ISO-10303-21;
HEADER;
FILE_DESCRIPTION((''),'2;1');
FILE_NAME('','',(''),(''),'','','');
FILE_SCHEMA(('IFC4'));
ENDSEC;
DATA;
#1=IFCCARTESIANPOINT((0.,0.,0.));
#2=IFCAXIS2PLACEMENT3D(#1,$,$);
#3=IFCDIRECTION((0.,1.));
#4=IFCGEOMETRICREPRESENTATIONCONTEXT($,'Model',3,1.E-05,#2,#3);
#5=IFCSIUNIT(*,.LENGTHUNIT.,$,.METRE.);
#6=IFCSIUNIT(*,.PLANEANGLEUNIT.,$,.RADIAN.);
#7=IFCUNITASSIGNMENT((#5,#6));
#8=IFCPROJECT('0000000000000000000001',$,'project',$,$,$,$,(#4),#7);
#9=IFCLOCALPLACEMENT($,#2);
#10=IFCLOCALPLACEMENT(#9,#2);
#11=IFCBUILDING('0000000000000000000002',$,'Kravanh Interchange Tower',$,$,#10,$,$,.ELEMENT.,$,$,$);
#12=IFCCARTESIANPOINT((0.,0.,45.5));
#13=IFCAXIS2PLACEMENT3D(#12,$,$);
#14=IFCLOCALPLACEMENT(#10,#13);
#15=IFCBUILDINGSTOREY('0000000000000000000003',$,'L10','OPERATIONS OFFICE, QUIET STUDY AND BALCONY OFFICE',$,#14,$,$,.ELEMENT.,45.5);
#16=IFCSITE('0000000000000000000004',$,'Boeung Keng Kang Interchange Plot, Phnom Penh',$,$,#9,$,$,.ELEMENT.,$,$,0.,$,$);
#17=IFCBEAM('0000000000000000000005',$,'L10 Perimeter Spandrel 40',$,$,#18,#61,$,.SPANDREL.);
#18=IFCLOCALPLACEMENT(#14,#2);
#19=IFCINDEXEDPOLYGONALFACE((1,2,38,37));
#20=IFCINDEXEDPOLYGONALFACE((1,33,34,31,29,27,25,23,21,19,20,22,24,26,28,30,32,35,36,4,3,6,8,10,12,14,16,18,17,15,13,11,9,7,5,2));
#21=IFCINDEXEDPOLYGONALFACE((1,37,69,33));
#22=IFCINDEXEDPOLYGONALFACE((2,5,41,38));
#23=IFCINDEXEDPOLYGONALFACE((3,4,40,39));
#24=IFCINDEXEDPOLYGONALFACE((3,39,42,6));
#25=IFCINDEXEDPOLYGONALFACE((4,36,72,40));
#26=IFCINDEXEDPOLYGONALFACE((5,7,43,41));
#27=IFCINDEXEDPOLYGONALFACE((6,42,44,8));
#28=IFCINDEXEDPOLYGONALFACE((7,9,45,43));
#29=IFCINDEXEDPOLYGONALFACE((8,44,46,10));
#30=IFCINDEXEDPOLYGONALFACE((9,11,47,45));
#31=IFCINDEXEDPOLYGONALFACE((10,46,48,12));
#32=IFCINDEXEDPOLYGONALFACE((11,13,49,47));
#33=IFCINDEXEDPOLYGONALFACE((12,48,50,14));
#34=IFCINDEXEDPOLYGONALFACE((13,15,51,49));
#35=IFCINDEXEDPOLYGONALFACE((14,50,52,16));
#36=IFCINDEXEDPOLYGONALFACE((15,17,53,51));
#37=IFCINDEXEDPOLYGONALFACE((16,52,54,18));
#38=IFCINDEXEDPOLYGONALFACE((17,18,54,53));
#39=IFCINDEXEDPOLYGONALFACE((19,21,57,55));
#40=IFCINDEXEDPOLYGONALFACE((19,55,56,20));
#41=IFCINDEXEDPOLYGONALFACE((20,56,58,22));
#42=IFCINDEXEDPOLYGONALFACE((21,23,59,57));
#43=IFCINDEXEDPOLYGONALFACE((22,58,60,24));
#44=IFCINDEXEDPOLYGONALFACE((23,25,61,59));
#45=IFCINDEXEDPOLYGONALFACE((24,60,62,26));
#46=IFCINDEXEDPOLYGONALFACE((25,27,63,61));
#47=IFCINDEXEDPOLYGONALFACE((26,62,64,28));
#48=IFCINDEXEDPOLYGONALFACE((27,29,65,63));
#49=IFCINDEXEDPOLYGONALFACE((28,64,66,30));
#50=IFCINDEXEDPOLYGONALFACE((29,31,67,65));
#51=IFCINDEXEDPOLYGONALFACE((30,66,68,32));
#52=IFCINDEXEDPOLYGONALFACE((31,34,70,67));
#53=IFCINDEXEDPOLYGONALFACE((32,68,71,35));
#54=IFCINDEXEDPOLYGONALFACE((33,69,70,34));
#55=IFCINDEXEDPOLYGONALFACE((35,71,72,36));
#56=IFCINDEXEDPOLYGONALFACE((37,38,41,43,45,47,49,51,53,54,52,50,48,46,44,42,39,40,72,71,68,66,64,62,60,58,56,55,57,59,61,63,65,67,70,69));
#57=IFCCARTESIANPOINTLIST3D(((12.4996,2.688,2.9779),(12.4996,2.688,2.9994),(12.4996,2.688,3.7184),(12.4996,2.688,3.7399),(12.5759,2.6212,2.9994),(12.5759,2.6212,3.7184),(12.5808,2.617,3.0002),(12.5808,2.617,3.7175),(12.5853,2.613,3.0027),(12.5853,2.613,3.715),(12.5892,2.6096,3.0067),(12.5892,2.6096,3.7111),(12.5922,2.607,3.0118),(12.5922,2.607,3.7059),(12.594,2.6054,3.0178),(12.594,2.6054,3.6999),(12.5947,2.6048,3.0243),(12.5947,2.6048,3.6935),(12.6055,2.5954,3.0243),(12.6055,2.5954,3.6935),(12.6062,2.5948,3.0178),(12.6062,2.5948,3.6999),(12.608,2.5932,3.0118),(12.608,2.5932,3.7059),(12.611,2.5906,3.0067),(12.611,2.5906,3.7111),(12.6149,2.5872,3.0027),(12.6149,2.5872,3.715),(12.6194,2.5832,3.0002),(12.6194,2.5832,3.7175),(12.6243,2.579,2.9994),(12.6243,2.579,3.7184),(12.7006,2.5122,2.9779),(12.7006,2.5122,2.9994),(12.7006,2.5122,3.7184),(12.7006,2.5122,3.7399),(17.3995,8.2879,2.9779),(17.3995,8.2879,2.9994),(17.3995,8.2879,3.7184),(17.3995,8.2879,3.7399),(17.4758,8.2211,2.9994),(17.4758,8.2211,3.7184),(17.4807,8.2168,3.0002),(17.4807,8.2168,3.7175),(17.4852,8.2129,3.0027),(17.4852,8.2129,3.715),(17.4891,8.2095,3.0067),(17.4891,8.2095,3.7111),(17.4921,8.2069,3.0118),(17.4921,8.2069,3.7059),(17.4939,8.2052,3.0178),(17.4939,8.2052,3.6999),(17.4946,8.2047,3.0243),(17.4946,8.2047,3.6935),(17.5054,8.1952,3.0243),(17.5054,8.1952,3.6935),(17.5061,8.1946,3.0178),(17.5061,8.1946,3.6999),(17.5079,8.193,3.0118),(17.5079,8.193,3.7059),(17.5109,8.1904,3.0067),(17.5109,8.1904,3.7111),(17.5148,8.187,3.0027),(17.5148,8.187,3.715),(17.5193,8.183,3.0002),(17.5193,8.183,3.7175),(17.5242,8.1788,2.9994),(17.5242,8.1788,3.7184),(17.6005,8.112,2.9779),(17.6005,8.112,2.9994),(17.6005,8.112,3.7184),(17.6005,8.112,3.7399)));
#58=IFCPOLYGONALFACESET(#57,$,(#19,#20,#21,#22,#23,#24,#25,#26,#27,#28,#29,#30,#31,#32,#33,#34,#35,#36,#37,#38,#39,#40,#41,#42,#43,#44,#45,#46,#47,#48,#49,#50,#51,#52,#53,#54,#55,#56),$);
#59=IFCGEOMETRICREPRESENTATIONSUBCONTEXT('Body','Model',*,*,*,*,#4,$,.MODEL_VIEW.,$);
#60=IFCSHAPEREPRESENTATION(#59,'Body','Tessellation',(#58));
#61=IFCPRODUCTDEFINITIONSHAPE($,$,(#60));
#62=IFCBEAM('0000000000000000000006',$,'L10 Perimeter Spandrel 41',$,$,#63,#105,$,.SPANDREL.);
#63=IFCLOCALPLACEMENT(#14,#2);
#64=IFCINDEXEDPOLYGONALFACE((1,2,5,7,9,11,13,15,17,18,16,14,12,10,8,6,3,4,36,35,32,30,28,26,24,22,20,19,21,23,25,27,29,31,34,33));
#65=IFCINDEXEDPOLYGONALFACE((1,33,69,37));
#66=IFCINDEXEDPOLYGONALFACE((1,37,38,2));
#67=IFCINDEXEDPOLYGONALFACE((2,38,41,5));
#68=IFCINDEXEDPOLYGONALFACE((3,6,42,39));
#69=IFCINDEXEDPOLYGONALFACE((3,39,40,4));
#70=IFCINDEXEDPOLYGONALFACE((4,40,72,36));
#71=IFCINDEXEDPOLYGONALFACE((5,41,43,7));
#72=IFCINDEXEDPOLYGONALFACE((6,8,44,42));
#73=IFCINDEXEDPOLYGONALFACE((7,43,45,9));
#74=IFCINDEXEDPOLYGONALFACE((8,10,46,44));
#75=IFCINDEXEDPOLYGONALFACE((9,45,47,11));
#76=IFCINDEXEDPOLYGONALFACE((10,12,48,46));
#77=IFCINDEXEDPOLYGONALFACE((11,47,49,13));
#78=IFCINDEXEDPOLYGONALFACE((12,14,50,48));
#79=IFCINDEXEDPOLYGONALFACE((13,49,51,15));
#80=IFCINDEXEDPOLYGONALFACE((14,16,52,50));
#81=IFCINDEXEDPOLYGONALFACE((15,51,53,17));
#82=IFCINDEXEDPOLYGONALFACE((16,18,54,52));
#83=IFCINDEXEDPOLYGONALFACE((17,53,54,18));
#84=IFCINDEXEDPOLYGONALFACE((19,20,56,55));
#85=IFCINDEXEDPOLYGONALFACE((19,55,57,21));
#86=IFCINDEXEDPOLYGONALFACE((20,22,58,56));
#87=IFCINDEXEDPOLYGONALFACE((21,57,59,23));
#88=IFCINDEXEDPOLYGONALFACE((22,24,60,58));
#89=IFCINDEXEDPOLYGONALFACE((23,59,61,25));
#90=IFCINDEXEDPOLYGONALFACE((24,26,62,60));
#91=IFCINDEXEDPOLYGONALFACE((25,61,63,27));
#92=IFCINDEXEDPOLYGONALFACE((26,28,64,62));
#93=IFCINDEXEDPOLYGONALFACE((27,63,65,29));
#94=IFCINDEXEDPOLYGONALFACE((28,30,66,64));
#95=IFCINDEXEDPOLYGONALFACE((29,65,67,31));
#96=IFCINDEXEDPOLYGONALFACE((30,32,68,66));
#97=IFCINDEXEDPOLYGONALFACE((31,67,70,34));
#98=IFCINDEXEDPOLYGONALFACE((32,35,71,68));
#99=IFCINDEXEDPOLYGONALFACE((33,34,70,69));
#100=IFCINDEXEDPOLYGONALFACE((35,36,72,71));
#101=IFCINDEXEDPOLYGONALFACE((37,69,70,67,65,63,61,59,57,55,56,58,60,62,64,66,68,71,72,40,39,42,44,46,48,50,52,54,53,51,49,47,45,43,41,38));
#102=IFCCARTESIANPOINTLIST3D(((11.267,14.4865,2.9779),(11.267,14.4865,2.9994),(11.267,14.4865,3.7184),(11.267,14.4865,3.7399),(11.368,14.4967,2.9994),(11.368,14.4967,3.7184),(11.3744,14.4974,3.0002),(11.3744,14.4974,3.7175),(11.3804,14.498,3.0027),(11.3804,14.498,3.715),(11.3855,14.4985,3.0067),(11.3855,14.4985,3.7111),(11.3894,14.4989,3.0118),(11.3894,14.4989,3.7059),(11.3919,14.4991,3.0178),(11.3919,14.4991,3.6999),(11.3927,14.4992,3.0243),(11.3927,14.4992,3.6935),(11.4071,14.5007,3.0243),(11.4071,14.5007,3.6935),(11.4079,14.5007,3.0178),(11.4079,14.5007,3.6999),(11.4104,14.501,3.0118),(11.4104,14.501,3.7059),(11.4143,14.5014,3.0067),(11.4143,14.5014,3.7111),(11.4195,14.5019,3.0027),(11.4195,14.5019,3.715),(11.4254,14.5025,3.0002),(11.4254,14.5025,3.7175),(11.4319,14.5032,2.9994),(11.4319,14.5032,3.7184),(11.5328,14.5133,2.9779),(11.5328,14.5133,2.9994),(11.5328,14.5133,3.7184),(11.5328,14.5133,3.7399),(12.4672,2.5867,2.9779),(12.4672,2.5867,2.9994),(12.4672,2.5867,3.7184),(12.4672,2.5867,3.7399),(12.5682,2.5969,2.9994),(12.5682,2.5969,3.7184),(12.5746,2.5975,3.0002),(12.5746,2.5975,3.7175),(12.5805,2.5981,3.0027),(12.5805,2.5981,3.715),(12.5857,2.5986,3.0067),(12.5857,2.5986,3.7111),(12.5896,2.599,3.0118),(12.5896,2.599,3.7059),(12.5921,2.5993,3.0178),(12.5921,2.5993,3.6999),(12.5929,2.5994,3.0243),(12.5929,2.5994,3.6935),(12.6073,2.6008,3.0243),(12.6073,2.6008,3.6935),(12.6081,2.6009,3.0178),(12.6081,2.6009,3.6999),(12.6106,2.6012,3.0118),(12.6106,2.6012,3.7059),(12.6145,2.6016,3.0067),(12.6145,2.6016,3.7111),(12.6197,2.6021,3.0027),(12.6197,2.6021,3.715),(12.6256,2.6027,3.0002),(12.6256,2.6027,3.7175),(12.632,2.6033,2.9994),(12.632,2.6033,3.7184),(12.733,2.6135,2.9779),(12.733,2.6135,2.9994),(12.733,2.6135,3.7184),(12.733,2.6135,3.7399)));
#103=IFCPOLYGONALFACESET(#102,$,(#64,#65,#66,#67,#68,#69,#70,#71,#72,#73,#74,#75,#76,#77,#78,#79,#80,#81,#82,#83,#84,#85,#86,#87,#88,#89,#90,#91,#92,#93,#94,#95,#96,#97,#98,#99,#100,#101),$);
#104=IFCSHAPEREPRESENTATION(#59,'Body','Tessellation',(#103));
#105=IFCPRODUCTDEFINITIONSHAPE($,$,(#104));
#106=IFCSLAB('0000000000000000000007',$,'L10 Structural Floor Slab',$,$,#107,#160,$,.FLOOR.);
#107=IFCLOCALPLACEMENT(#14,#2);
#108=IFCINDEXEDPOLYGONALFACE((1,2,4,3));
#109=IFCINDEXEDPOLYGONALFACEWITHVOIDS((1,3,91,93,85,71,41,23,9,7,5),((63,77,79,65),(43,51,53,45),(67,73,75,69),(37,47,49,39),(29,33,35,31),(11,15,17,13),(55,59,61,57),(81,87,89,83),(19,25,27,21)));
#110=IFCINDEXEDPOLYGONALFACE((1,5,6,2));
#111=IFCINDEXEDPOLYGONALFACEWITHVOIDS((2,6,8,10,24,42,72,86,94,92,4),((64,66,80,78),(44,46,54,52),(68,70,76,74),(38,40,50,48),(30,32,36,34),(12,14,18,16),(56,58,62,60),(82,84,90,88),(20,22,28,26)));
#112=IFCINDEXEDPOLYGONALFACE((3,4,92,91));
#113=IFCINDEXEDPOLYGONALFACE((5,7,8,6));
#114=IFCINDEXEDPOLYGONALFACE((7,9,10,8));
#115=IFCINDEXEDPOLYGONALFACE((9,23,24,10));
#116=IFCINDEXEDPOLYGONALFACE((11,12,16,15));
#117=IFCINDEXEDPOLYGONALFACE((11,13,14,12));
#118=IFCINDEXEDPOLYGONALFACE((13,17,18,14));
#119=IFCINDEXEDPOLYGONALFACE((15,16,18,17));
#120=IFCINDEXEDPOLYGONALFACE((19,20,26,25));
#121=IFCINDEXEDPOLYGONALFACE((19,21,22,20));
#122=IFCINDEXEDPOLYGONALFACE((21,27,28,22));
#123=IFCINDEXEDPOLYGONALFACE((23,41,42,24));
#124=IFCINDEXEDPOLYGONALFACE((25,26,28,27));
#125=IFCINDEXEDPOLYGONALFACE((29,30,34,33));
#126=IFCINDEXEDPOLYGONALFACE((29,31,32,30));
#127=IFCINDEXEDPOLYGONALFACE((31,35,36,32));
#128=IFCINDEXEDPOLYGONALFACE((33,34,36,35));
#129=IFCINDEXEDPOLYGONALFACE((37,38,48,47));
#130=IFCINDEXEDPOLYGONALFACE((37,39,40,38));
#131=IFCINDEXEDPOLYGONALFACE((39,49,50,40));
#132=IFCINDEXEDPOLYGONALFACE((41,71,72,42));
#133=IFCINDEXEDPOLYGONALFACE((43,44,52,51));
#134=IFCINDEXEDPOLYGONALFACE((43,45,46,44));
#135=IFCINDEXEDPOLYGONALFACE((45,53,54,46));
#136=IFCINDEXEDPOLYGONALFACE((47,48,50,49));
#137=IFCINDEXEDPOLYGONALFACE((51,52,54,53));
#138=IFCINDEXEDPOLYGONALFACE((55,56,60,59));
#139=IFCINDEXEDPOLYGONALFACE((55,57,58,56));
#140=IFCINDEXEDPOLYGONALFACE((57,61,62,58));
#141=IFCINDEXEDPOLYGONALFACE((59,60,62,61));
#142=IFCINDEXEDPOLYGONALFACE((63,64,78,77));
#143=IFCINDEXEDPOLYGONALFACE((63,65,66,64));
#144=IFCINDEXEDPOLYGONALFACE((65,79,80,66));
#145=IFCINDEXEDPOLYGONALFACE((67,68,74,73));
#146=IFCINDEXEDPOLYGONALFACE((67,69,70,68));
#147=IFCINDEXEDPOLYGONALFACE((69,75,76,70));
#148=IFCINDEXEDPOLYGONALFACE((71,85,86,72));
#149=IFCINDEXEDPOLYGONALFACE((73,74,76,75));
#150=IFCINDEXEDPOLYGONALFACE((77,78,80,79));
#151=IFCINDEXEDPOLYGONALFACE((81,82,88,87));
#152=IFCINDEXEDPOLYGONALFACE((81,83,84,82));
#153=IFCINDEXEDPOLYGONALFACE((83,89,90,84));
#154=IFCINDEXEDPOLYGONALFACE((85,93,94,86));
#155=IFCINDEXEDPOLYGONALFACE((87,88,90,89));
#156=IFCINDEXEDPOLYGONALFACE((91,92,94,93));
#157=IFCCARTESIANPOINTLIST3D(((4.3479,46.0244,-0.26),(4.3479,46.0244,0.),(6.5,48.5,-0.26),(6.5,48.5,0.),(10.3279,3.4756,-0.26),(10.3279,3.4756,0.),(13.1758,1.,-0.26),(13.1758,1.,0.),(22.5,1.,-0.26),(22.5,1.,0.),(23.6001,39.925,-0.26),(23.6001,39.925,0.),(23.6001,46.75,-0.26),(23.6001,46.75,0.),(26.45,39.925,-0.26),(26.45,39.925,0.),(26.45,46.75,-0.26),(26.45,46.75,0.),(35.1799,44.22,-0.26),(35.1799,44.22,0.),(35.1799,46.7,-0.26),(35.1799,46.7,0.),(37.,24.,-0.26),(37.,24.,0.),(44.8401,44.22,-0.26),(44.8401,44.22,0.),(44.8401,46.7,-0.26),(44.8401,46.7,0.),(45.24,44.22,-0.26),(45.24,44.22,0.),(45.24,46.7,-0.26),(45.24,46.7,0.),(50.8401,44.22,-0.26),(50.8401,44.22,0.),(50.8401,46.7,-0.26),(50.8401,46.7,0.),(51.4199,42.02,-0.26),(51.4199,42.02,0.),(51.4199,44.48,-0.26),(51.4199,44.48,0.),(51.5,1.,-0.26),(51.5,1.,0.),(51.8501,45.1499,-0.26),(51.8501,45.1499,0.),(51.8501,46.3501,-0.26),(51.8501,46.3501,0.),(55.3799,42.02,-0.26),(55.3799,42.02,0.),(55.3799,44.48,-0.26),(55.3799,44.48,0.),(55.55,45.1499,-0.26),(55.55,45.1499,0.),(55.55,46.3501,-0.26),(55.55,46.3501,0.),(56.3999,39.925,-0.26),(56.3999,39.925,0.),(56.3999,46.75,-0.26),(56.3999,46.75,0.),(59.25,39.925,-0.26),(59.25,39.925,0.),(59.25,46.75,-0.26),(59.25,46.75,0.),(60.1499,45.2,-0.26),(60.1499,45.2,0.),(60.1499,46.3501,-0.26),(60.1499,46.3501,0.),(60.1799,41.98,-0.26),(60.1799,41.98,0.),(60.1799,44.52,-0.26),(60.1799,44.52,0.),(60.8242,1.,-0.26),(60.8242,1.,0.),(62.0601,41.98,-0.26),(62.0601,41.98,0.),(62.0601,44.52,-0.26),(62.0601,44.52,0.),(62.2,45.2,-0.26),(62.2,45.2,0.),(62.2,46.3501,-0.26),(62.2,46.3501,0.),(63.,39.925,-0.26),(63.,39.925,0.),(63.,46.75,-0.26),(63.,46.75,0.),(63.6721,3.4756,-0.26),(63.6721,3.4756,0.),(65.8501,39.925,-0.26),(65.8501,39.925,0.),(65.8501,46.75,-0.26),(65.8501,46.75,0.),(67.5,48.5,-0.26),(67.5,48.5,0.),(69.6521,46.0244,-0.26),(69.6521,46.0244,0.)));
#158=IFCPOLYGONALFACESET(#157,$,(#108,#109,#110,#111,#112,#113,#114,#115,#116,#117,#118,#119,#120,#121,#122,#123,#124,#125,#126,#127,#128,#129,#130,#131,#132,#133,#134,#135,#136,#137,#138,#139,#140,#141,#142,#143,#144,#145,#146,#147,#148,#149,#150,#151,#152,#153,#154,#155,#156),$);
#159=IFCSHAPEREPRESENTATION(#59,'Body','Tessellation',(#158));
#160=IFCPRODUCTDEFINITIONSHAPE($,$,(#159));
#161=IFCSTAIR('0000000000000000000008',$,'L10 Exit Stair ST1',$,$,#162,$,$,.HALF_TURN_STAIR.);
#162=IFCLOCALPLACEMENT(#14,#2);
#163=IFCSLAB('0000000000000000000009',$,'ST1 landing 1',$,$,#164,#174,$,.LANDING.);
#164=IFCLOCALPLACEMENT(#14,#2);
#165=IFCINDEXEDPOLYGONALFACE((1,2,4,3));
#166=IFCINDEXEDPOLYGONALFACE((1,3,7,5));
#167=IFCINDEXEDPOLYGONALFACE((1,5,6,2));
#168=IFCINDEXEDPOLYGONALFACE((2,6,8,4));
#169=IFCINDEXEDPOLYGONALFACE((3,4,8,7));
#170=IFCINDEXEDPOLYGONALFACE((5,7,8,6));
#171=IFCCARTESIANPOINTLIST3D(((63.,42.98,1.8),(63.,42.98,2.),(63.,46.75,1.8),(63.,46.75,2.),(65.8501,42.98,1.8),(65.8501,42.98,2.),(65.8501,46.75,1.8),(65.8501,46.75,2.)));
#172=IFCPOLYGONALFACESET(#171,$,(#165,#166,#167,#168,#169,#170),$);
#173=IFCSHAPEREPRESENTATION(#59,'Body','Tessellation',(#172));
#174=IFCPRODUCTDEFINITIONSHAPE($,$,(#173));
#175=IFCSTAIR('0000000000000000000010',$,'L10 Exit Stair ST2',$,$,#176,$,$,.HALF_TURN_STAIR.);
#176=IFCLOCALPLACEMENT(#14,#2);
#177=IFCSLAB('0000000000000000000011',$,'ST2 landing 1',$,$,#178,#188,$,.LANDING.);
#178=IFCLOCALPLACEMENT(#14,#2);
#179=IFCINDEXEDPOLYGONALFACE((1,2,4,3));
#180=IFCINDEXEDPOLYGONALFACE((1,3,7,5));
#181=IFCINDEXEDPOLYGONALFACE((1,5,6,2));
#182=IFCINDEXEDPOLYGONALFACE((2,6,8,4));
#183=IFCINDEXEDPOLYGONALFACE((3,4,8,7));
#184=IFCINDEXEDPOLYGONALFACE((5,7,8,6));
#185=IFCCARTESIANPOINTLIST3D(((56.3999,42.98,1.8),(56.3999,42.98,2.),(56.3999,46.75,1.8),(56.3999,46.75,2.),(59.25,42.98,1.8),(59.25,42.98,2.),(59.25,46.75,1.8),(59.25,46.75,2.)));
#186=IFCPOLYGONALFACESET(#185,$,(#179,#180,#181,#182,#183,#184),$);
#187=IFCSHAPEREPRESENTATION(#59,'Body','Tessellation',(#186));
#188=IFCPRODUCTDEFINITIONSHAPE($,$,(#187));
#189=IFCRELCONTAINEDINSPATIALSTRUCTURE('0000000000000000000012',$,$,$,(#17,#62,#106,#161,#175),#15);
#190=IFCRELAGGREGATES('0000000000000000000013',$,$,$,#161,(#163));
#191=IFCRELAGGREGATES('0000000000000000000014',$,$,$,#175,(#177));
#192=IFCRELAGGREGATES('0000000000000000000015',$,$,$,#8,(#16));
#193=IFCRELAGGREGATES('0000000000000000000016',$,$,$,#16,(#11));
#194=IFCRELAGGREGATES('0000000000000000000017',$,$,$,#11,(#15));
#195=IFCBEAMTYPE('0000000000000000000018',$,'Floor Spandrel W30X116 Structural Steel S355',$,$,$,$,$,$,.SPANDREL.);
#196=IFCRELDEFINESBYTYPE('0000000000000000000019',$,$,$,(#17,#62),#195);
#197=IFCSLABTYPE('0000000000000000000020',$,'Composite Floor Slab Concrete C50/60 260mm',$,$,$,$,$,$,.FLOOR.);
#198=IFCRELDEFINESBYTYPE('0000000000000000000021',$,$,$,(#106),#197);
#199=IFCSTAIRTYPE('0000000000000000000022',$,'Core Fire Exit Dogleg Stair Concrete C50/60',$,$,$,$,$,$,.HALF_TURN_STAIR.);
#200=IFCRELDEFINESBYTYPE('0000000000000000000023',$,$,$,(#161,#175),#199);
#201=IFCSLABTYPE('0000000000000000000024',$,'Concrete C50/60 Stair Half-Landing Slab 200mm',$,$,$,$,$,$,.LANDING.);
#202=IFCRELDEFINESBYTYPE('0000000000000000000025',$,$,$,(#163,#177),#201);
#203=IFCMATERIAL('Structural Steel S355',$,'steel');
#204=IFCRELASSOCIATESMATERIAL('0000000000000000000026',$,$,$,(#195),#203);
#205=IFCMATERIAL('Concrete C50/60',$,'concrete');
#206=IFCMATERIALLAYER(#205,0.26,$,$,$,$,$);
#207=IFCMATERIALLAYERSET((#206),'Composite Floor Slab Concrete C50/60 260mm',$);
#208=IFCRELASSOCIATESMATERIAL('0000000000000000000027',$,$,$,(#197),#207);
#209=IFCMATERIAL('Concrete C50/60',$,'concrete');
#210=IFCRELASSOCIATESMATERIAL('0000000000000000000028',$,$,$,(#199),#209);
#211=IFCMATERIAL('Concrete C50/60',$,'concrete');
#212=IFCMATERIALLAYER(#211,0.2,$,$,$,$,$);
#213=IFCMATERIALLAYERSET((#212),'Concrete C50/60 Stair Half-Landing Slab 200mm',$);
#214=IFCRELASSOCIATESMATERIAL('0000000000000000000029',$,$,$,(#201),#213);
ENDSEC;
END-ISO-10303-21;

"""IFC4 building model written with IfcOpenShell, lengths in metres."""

from ifc_helpers import new_model, si_unit, direction, frame, origin, origin_2d, place, context, subcontext, project, spatial, polyline, i_section, outline, extrude, material, layer, layer_set, material_profile, profile_set, type_object, element, aggregate, save


model = new_model("IFC4")

# Units and contexts
model_context = context("Model", 3, precision=1e-05, world=origin(), true_north=direction((0.0, 1.0)))
body_context = subcontext(model_context, "Body", "Model", "MODEL_VIEW")
ifc_project = project(units=[si_unit("LENGTHUNIT", "METRE"), si_unit("PLANEANGLEUNIT", "RADIAN")], contexts=[model_context])

# Site, building, storey
site_placement = place(None, origin())
site = spatial("IfcSite", under=ifc_project, at=site_placement, Name="Boeung Keng Kang Interchange Plot, Phnom Penh", CompositionType="ELEMENT", RefElevation=0.0)
building_placement = place(site_placement, origin())
building = spatial("IfcBuilding", under=site, at=building_placement, Name="Kravanh Interchange Tower", CompositionType="ELEMENT")
storey_placement = place(building_placement, frame((0.0, 0.0, 45.5)))
storey = spatial("IfcBuildingStorey", under=building, at=storey_placement, Name="L10", Description="OPERATIONS OFFICE, QUIET STUDY AND BALCONY OFFICE", CompositionType="ELEMENT", Elevation=45.5)

# Beams
ifc_material_1 = material(Name="Structural Steel S355", Category="steel")
ifc_material_profile_1 = material_profile(ifc_material_1, i_section(OverallWidth=0.2671, OverallDepth=0.762, WebThickness=0.0144, FlangeThickness=0.0215, FilletRadius=0.0249, at=origin_2d()), Name="W30X116")
ifc_profile_set_1 = profile_set([ifc_material_profile_1], Name="Structural Steel S355")
beam_type_1 = type_object("IfcBeamType", Name="Floor Spandrel W30X116 Structural Steel S355", PredefinedType="SPANDREL", material=ifc_profile_set_1)
beam_1_placement = place(storey_placement, frame((12.6001, 2.6001, 3.3589), z_axis=(0.658507, 0.752575, 0.0), x_axis=(-0.752575, 0.658507, 0.0)))
element("IfcBeam", 1, at=beam_1_placement, inside=storey, type_object=beam_type_1, Name="L10 Perimeter Spandrel 40", PredefinedType="SPANDREL", context=body_context, shape_type="SweptSolid", body=[
    extrude(i_section(OverallWidth=0.2671, OverallDepth=0.762, WebThickness=0.0144, FlangeThickness=0.0215, FilletRadius=0.0249, at=origin_2d()), origin(), (0.0, 0.0, 1.0), 7.4409),
])
beam_2_placement = place(storey_placement, frame((12.6001, 2.6001, 3.3589), z_axis=(-0.100348, 0.994952, 0.0), x_axis=(-0.994952, -0.100348, 0.0)))
element("IfcBeam", 2, at=beam_2_placement, inside=storey, type_object=beam_type_1, Name="L10 Perimeter Spandrel 41", PredefinedType="SPANDREL", context=body_context, shape_type="SweptSolid", body=[
    extrude(i_section(OverallWidth=0.2671, OverallDepth=0.762, WebThickness=0.0144, FlangeThickness=0.0215, FilletRadius=0.0249, at=origin_2d()), origin(), (0.0, 0.0, 1.0), 11.9602),
])

# Slab
ifc_material_2 = material(Name="Concrete C50/60", Category="concrete")
ifc_layer_1 = layer(ifc_material_2, 0.26)
ifc_layer_set_1 = layer_set([ifc_layer_1], Name="Composite Floor Slab Concrete C50/60 260mm")
slab_type_1 = type_object("IfcSlabType", Name="Composite Floor Slab Concrete C50/60 260mm", PredefinedType="FLOOR", material=ifc_layer_set_1)
slab_1_placement = place(storey_placement, frame((0.0, 0.0, -0.26)))
element("IfcSlab", 3, at=slab_1_placement, inside=storey, type_object=slab_type_1, Name="L10 Structural Floor Slab", PredefinedType="FLOOR", context=body_context, shape_type="SweptSolid", body=[
    extrude(outline(polyline([(10.3279, 3.4756), (13.1758, 1.0), (22.5, 1.0), (37.0, 24.0), (51.5, 1.0), (60.8242, 1.0), (63.6721, 3.4756), (69.6521, 46.0244), (67.5, 48.5), (6.5, 48.5), (4.3479, 46.0244), (10.3279, 3.4756)]), holes=[polyline([(65.8501, 39.925), (65.8501, 46.75), (63.0, 46.75), (63.0, 39.925), (65.8501, 39.925)]), polyline([(59.25, 39.925), (59.25, 46.75), (56.3999, 46.75), (56.3999, 39.925), (59.25, 39.925)]), polyline([(26.45, 39.925), (26.45, 46.75), (23.6001, 46.75), (23.6001, 39.925), (26.45, 39.925)]), polyline([(35.1799, 44.22), (44.8401, 44.22), (44.8401, 46.7), (35.1799, 46.7), (35.1799, 44.22)]), polyline([(45.24, 44.22), (50.8401, 44.22), (50.8401, 46.7), (45.24, 46.7), (45.24, 44.22)]), polyline([(51.4199, 42.02), (55.3799, 42.02), (55.3799, 44.48), (51.4199, 44.48), (51.4199, 42.02)]), polyline([(60.1799, 41.98), (62.0601, 41.98), (62.0601, 44.52), (60.1799, 44.52), (60.1799, 41.98)]), polyline([(60.1499, 45.2), (62.2, 45.2), (62.2, 46.3501), (60.1499, 46.3501), (60.1499, 45.2)]), polyline([(51.8501, 45.1499), (55.55, 45.1499), (55.55, 46.3501), (51.8501, 46.3501), (51.8501, 45.1499)])]), origin(), (0.0, 0.0, 1.0), 0.26),
])

# Stairs, slabs
ifc_material_3 = material(Name="Concrete C50/60", Category="concrete")
stair_type = type_object("IfcStairType", Name="Core Fire Exit Dogleg Stair Concrete C50/60", PredefinedType="HALF_TURN_STAIR", material=ifc_material_3)
stair_1_placement = place(storey_placement, origin())
stair_1 = element("IfcStair", 4, at=stair_1_placement, inside=storey, type_object=stair_type, Name="L10 Exit Stair ST1", PredefinedType="HALF_TURN_STAIR")
ifc_material_4 = material(Name="Concrete C50/60", Category="concrete")
ifc_layer_2 = layer(ifc_material_4, 0.2)
ifc_layer_set_2 = layer_set([ifc_layer_2], Name="Concrete C50/60 Stair Half-Landing Slab 200mm")
slab_type_2 = type_object("IfcSlabType", Name="Concrete C50/60 Stair Half-Landing Slab 200mm", PredefinedType="LANDING", material=ifc_layer_set_2)
slab_2_placement = place(storey_placement, frame((0.0, 0.0, 1.8)))
slab_2 = element("IfcSlab", 5, at=slab_2_placement, type_object=slab_type_2, Name="ST1 landing 1", PredefinedType="LANDING", context=body_context, shape_type="SweptSolid", body=[
    extrude(outline(polyline([(65.8501, 42.98), (65.8501, 46.75), (63.0, 46.75), (63.0, 42.98), (65.8501, 42.98)])), origin(), (0.0, 0.0, 1.0), 0.2),
])
aggregate(stair_1, [slab_2])
stair_2_placement = place(storey_placement, origin())
stair_2 = element("IfcStair", 6, at=stair_2_placement, inside=storey, type_object=stair_type, Name="L10 Exit Stair ST2", PredefinedType="HALF_TURN_STAIR")
slab_3_placement = place(storey_placement, frame((0.0, 0.0, 1.8)))
slab_3 = element("IfcSlab", 7, at=slab_3_placement, type_object=slab_type_2, Name="ST2 landing 1", PredefinedType="LANDING", context=body_context, shape_type="SweptSolid", body=[
    extrude(outline(polyline([(59.25, 42.98), (59.25, 46.75), (56.3999, 46.75), (56.3999, 42.98), (59.25, 42.98)])), origin(), (0.0, 0.0, 1.0), 0.2),
])
aggregate(stair_2, [slab_3])

save(model, "model.ifc")
